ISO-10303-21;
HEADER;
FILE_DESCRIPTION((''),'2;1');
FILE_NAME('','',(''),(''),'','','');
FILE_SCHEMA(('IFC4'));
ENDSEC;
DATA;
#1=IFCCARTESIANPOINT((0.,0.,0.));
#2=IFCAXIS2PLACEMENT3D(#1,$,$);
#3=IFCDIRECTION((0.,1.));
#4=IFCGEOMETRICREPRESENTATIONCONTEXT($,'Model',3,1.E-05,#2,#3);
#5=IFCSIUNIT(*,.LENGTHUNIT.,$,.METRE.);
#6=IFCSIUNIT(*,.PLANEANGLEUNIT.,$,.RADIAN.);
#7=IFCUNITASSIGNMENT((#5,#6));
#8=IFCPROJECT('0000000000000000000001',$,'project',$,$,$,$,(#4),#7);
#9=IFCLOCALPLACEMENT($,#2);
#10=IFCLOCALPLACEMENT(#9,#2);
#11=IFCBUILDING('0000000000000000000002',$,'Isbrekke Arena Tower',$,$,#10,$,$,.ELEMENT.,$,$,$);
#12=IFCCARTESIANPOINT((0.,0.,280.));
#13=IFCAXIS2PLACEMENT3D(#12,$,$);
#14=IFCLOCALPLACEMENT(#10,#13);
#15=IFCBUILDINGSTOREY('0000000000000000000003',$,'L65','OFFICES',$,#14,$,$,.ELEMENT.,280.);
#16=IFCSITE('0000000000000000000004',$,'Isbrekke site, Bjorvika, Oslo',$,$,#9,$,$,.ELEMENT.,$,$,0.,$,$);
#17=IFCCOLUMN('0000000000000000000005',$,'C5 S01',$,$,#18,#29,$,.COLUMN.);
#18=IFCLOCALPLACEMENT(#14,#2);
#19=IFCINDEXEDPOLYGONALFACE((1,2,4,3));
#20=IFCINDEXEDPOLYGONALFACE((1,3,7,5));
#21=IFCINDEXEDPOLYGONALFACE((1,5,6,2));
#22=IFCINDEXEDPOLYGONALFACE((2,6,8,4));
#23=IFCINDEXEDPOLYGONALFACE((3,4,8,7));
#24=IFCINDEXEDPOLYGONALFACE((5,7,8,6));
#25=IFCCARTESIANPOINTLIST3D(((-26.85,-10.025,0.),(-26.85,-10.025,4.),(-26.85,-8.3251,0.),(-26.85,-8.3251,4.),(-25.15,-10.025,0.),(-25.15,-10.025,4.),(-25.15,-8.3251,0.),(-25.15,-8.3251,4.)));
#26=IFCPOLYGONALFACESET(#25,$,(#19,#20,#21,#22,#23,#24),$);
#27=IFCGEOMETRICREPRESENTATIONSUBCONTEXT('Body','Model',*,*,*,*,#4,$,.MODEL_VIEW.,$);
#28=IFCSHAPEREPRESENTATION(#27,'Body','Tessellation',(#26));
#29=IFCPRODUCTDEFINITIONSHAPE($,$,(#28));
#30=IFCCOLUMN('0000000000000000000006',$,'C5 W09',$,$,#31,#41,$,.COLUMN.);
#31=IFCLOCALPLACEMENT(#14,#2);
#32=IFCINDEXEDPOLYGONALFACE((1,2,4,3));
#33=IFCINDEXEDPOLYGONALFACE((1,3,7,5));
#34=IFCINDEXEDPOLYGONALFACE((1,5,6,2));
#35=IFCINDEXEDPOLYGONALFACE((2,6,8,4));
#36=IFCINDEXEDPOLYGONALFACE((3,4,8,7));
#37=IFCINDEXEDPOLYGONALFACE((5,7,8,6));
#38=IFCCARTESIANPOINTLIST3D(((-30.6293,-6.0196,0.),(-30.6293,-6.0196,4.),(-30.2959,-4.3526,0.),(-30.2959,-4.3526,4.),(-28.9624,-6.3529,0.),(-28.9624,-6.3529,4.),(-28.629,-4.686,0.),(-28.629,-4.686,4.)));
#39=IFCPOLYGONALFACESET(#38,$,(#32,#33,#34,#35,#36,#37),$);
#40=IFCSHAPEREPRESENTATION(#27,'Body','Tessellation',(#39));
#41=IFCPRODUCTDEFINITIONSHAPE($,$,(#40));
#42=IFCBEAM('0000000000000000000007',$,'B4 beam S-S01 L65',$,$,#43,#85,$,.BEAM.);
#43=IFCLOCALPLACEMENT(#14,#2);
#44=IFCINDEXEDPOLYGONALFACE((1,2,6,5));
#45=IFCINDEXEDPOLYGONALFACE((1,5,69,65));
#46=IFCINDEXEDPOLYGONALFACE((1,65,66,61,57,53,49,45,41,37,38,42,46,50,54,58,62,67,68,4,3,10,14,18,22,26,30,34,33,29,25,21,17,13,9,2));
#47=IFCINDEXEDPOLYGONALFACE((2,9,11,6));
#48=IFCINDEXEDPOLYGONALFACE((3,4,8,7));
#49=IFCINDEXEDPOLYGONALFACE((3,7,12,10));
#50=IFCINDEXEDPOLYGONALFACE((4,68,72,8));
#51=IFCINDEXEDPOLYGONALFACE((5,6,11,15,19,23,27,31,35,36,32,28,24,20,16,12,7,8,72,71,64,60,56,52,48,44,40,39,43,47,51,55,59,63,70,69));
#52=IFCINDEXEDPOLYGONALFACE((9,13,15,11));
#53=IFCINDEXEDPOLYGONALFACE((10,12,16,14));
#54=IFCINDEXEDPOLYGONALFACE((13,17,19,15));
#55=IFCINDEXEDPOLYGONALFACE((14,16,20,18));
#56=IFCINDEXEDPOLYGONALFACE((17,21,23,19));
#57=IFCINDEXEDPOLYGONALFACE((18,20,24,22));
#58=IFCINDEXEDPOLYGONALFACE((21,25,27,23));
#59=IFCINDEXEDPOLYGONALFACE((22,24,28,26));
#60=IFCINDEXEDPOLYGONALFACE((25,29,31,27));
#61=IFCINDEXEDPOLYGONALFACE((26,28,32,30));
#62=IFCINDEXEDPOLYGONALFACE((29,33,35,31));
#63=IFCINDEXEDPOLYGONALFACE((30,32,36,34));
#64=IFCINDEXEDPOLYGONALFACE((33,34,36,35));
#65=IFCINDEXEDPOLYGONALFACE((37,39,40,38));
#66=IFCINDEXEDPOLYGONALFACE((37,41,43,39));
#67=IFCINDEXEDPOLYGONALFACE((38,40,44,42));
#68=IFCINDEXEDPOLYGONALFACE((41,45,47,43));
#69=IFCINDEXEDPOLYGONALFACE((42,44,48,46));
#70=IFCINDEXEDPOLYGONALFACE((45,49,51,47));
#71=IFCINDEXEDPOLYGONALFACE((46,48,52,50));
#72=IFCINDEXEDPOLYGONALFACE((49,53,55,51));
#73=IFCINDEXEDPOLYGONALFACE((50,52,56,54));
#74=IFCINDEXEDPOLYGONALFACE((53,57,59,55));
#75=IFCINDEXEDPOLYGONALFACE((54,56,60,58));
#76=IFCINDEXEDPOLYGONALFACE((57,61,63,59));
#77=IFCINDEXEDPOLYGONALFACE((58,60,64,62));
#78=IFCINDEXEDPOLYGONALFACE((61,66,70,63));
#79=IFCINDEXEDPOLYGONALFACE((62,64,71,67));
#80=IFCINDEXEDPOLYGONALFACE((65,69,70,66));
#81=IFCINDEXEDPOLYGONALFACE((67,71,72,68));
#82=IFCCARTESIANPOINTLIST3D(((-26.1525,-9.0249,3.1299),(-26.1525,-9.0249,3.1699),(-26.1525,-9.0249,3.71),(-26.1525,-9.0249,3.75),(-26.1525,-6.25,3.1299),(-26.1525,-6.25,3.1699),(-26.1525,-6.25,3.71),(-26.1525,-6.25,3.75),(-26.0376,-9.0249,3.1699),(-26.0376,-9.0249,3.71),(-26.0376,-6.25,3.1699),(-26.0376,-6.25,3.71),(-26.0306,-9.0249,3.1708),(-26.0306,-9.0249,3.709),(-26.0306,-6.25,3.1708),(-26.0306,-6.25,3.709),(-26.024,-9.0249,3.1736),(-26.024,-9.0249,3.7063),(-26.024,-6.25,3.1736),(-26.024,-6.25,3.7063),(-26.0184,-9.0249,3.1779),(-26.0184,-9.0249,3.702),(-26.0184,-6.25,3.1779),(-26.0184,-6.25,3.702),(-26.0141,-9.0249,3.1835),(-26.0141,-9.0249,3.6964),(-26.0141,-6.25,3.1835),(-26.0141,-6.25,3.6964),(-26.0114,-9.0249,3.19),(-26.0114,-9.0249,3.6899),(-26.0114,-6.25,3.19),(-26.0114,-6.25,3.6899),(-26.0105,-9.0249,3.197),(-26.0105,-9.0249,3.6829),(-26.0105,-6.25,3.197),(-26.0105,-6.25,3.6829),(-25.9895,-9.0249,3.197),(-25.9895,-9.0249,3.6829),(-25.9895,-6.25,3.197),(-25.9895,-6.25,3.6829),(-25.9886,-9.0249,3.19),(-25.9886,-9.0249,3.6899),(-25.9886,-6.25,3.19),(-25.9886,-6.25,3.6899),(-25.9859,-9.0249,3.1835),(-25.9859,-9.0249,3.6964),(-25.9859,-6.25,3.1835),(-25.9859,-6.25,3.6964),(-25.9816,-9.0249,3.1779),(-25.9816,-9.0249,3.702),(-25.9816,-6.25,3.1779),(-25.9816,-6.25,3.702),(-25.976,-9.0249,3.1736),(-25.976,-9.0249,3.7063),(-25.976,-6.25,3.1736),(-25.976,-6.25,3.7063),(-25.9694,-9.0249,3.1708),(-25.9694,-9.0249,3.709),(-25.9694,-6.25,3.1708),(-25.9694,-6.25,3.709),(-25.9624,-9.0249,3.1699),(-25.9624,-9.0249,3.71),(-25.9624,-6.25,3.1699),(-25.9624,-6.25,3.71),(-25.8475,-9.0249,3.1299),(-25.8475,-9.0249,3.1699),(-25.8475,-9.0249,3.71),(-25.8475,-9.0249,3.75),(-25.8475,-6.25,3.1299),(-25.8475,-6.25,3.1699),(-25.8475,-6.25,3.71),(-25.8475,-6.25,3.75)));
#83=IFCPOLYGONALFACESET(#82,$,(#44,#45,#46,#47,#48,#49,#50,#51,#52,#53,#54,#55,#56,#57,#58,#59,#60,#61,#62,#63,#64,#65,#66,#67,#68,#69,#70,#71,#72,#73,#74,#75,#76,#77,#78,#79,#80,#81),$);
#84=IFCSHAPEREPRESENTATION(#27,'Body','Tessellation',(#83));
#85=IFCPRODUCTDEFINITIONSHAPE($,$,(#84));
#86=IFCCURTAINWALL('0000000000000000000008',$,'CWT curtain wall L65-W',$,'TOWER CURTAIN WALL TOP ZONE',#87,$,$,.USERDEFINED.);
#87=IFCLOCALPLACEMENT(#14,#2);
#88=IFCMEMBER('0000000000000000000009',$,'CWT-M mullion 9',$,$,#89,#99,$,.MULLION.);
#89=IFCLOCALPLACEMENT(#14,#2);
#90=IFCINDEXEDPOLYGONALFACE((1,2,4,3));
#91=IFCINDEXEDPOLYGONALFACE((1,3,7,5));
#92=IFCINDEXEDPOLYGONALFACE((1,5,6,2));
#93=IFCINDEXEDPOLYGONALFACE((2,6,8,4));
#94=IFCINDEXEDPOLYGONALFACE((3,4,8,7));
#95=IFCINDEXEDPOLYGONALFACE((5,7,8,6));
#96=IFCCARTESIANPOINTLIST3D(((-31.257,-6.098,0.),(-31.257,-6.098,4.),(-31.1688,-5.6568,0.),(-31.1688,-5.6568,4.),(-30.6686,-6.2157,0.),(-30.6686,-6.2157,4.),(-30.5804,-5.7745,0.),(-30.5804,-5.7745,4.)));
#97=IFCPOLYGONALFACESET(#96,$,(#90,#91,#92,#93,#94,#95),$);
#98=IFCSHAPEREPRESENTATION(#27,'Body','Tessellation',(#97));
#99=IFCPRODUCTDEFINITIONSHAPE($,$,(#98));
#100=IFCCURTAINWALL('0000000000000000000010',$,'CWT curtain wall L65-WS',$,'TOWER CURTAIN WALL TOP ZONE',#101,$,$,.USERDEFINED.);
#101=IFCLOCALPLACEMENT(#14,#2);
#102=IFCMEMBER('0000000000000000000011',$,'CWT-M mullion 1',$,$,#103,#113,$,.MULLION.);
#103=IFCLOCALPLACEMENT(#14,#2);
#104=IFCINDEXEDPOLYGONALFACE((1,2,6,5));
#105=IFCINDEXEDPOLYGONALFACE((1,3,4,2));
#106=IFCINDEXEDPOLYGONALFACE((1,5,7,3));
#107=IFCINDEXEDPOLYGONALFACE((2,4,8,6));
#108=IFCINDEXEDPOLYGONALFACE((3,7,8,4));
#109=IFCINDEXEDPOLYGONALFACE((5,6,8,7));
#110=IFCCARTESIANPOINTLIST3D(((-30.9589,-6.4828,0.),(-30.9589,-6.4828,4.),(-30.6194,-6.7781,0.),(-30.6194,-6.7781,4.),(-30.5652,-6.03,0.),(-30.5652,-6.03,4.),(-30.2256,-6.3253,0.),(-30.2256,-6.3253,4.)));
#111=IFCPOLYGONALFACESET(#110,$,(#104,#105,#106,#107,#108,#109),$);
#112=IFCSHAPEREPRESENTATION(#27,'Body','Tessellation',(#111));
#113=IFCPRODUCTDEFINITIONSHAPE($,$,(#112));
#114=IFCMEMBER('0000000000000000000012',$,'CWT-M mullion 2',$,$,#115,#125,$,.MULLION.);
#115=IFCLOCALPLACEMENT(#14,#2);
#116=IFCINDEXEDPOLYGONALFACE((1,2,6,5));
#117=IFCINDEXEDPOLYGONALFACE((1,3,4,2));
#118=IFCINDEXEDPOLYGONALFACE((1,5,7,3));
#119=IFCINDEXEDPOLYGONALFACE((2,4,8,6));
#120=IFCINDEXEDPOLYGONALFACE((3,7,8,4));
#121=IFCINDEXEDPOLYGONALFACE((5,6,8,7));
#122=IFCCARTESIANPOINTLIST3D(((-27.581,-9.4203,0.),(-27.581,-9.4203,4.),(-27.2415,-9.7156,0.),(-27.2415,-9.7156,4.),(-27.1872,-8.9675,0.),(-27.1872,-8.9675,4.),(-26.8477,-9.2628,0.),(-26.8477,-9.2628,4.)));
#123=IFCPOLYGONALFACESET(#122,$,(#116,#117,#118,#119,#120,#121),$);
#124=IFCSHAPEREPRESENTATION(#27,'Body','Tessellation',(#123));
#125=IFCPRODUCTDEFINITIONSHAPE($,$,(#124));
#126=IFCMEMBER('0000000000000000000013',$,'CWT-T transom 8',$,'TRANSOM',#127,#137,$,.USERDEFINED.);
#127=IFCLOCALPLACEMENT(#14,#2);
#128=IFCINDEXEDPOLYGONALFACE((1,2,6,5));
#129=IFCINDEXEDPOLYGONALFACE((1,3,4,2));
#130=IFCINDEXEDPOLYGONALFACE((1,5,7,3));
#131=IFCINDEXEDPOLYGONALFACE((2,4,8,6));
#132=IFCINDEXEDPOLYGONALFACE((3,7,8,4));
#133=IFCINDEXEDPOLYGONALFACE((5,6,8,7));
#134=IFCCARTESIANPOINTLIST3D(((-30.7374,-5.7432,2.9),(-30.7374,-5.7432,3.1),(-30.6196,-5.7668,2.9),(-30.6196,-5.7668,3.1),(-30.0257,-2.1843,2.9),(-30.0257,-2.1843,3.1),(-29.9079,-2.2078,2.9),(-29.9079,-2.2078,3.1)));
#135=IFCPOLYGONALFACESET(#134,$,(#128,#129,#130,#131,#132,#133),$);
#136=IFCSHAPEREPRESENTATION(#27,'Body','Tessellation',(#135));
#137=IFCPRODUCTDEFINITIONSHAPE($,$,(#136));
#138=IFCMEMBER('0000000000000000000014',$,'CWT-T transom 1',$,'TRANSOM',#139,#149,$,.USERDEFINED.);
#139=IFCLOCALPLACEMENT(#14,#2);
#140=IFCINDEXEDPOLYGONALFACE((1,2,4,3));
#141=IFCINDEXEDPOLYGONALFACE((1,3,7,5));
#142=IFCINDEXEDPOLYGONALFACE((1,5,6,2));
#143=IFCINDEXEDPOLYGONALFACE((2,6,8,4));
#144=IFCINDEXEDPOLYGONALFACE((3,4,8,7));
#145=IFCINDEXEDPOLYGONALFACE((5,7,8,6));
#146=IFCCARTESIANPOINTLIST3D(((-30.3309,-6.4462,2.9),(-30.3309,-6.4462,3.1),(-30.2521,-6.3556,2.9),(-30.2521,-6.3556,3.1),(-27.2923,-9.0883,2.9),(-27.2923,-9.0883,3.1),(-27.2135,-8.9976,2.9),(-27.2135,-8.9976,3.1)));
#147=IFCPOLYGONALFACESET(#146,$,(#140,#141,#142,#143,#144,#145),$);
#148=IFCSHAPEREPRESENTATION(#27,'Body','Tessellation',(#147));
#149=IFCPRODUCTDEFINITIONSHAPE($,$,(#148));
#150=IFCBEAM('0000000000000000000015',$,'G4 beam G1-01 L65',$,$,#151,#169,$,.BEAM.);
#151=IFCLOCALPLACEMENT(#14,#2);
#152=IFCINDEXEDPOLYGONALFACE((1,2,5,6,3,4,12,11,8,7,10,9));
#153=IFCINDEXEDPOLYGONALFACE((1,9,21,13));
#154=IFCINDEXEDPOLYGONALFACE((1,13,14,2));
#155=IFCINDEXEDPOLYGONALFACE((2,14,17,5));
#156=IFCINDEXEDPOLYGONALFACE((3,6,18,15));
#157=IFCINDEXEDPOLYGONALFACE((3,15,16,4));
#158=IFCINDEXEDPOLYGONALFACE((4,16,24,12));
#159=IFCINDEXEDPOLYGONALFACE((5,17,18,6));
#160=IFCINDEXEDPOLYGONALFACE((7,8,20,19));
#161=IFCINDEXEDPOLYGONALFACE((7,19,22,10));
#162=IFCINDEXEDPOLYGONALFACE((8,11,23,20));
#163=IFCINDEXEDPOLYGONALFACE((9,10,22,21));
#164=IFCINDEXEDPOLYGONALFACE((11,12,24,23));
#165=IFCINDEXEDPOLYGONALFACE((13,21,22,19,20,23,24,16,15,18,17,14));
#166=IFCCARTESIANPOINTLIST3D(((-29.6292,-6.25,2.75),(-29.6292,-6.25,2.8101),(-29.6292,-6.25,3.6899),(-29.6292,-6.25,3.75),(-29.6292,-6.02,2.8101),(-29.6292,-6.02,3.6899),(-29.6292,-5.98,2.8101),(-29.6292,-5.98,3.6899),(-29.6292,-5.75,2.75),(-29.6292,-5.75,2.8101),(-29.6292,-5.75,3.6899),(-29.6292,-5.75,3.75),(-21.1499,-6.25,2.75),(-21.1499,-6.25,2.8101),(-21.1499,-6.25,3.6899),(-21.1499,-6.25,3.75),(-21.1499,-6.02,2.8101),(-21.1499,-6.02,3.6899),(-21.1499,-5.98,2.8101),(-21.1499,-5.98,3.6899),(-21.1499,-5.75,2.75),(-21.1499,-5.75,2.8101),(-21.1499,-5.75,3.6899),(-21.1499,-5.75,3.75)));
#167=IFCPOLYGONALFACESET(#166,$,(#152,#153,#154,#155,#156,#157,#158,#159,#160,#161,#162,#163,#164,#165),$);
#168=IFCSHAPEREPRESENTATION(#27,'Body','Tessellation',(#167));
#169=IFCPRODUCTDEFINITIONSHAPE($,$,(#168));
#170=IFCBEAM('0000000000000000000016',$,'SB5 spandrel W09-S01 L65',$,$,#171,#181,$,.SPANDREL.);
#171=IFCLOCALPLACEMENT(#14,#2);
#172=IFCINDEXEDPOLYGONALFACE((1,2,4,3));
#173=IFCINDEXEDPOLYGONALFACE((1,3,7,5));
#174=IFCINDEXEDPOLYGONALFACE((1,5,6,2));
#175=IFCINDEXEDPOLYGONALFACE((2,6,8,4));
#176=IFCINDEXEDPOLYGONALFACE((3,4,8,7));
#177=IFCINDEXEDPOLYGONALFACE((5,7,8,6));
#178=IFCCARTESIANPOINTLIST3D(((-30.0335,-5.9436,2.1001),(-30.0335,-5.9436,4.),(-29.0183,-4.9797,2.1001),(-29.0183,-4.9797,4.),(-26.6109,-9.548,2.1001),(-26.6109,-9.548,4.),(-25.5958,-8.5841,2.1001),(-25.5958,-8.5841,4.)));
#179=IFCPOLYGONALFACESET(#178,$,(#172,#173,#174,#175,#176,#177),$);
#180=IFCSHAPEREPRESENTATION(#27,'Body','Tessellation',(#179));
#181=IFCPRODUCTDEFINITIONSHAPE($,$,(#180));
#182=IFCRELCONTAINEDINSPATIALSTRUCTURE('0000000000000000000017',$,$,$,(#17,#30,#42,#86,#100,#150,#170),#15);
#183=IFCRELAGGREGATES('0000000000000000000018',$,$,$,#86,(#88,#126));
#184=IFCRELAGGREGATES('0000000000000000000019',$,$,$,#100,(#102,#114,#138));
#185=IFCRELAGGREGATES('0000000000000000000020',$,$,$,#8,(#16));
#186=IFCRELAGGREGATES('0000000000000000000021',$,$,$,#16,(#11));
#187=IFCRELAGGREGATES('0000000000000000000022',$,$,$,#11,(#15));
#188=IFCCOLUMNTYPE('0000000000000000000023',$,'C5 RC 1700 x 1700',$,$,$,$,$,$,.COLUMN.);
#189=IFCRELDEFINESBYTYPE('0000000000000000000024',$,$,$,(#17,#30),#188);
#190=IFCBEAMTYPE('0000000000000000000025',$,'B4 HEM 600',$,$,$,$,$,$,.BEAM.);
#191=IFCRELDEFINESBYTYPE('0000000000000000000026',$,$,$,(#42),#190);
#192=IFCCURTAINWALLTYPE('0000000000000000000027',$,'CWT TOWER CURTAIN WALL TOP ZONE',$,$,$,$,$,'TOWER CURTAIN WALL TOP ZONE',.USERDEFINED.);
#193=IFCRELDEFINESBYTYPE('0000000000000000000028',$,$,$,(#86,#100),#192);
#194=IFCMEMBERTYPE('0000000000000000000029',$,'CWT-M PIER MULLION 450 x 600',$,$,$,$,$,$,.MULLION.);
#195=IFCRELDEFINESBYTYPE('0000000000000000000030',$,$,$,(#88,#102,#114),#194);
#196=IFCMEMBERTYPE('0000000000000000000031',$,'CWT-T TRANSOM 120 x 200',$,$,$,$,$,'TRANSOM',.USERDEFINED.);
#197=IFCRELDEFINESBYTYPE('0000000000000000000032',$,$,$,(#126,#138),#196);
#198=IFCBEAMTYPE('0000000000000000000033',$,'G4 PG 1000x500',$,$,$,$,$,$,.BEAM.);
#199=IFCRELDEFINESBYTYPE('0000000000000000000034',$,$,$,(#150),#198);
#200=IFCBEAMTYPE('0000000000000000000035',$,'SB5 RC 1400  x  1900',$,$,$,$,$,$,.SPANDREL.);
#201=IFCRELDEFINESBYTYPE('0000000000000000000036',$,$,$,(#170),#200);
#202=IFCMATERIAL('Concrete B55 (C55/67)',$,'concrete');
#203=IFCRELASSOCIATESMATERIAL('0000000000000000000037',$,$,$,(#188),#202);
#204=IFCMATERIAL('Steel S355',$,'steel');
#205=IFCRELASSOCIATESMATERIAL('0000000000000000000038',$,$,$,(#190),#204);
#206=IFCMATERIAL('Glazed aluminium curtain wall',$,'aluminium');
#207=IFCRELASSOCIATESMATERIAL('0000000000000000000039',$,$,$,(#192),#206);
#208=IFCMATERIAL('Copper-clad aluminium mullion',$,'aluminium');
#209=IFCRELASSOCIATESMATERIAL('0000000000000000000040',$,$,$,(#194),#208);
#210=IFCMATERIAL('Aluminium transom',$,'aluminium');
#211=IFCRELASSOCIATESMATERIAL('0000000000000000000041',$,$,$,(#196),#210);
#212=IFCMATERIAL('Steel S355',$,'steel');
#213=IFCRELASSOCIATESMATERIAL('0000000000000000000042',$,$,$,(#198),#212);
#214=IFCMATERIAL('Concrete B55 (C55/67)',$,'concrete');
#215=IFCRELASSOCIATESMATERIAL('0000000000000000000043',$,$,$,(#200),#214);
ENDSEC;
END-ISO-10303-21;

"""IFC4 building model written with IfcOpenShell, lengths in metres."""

from ifc_helpers import new_model, si_unit, direction, frame, origin, origin_2d, place, context, subcontext, project, spatial, rectangle, i_section, extrude, material, material_profile, profile_set, type_object, element, aggregate, save


model = new_model("IFC4")

# Units and contexts
model_context = context("Model", 3, precision=1e-05, world=origin(), true_north=direction((0.0, 1.0)))
body_context = subcontext(model_context, "Body", "Model", "MODEL_VIEW")
ifc_project = project(units=[si_unit("LENGTHUNIT", "METRE"), si_unit("PLANEANGLEUNIT", "RADIAN")], contexts=[model_context])

# Site, building, storey
site_placement = place(None, origin())
site = spatial("IfcSite", under=ifc_project, at=site_placement, Name="Isbrekke site, Bjorvika, Oslo", CompositionType="ELEMENT", RefElevation=0.0)
building_placement = place(site_placement, origin())
building = spatial("IfcBuilding", under=site, at=building_placement, Name="Isbrekke Arena Tower", CompositionType="ELEMENT")
storey_placement = place(building_placement, frame((0.0, 0.0, 280.0)))
storey = spatial("IfcBuildingStorey", under=building, at=storey_placement, Name="L65", Description="OFFICES", CompositionType="ELEMENT", Elevation=280.0)

# Columns
ifc_material_1 = material(Name="Concrete B55 (C55/67)", Category="concrete")
ifc_material_profile_1 = material_profile(ifc_material_1, rectangle(XDim=1.7, YDim=1.7, at=origin_2d()), Name="RC 1700x1700")
ifc_profile_set_1 = profile_set([ifc_material_profile_1], Name="Concrete B55 (C55/67)")
column_type = type_object("IfcColumnType", Name="C5 RC 1700 x 1700", PredefinedType="COLUMN", material=ifc_profile_set_1)
for number, where, z_axis, x_axis, name in (
    (1, (-26.0, -9.175, 0.0), (0.0, 0.0, 1.0), (1.0, 0.0, 0.0), "C5 S01"),
    (2, (-29.6292, -5.3528, 0.0), (0.0, 0.0, 1.0), (-0.196116, -0.980581, 0.0), "C5 W09"),
):
    element("IfcColumn", number, at=place(storey_placement, frame(where, z_axis=z_axis, x_axis=x_axis)), inside=storey, type_object=column_type, Name=name, PredefinedType="COLUMN", context=body_context, shape_type="SweptSolid", body=[
        extrude(rectangle(XDim=1.7, YDim=1.7, at=origin_2d()), origin(), (0.0, 0.0, 1.0), 4.0),
    ])

# Beam
ifc_material_2 = material(Name="Steel S355", Category="steel")
ifc_material_profile_2 = material_profile(ifc_material_2, i_section(OverallWidth=0.3049, OverallDepth=0.6201, WebThickness=0.021, FlangeThickness=0.04, FilletRadius=0.0271, at=origin_2d()), Name="HEM 600")
ifc_profile_set_2 = profile_set([ifc_material_profile_2], Name="Steel S355")
beam_type_1 = type_object("IfcBeamType", Name="B4 HEM 600", PredefinedType="BEAM", material=ifc_profile_set_2)
beam_1_placement = place(storey_placement, frame((-26.0, -9.0249, 3.4399), z_axis=(0.0, 1.0, 0.0), x_axis=(-1.0, 0.0, 0.0)))
element("IfcBeam", 3, at=beam_1_placement, inside=storey, type_object=beam_type_1, Name="B4 beam S-S01 L65", PredefinedType="BEAM", context=body_context, shape_type="SweptSolid", body=[
    extrude(i_section(OverallWidth=0.3049, OverallDepth=0.6201, WebThickness=0.021, FlangeThickness=0.04, FilletRadius=0.0271, at=origin_2d()), origin(), (0.0, 0.0, 1.0), 2.7749),
])

# Curtain wall, member
ifc_material_3 = material(Name="Glazed aluminium curtain wall", Category="aluminium")
curtain_wall_type = type_object("IfcCurtainWallType", Name="CWT TOWER CURTAIN WALL TOP ZONE", ElementType="TOWER CURTAIN WALL TOP ZONE", PredefinedType="USERDEFINED", material=ifc_material_3)
curtain_wall_1_placement = place(storey_placement, origin())
curtain_wall_1 = element("IfcCurtainWall", 4, at=curtain_wall_1_placement, inside=storey, type_object=curtain_wall_type, Name="CWT curtain wall L65-W", ObjectType="TOWER CURTAIN WALL TOP ZONE", PredefinedType="USERDEFINED")
ifc_material_4 = material(Name="Copper-clad aluminium mullion", Category="aluminium")
ifc_material_profile_3 = material_profile(ifc_material_4, rectangle(XDim=0.45, YDim=0.6001, at=origin_2d()), Name="PIER 450X600")
ifc_profile_set_3 = profile_set([ifc_material_profile_3], Name="Copper-clad aluminium mullion")
member_type_1 = type_object("IfcMemberType", Name="CWT-M PIER MULLION 450 x 600", PredefinedType="MULLION", material=ifc_profile_set_3)
member_1_placement = place(storey_placement, frame((-30.9187, -5.9363, 0.0), z_axis=(0.0, 0.0, 1.0), x_axis=(-0.196116, -0.980581, 0.0)))
member_1 = element("IfcMember", 5, at=member_1_placement, type_object=member_type_1, Name="CWT-M mullion 9", PredefinedType="MULLION", context=body_context, shape_type="SweptSolid", body=[
    extrude(rectangle(XDim=0.45, YDim=0.6001, at=origin_2d()), origin(), (0.0, 0.0, 1.0), 4.0),
])

# Curtain wall, members
curtain_wall_2_placement = place(storey_placement, origin())
curtain_wall_2 = element("IfcCurtainWall", 6, at=curtain_wall_2_placement, inside=storey, type_object=curtain_wall_type, Name="CWT curtain wall L65-WS", ObjectType="TOWER CURTAIN WALL TOP ZONE", PredefinedType="USERDEFINED")
member_2_placement = place(storey_placement, frame((-30.5923, -6.4041, 0.0), z_axis=(0.0, 0.0, 1.0), x_axis=(0.754606, -0.656179, 0.0)))
member_2 = element("IfcMember", 7, at=member_2_placement, type_object=member_type_1, Name="CWT-M mullion 1", PredefinedType="MULLION", context=body_context, shape_type="SweptSolid", body=[
    extrude(rectangle(XDim=0.45, YDim=0.6001, at=origin_2d()), origin(), (0.0, 0.0, 1.0), 4.0),
])
member_3_placement = place(storey_placement, frame((-27.2144, -9.3416, 0.0), z_axis=(0.0, 0.0, 1.0), x_axis=(0.754606, -0.656179, 0.0)))
member_3 = element("IfcMember", 8, at=member_3_placement, type_object=member_type_1, Name="CWT-M mullion 2", PredefinedType="MULLION", context=body_context, shape_type="SweptSolid", body=[
    extrude(rectangle(XDim=0.45, YDim=0.6001, at=origin_2d()), origin(), (0.0, 0.0, 1.0), 4.0),
])

# Members
ifc_material_5 = material(Name="Aluminium transom", Category="aluminium")
ifc_material_profile_4 = material_profile(ifc_material_5, rectangle(XDim=0.1201, YDim=0.2, at=origin_2d()), Name="TRANSOM 120X200")
ifc_profile_set_4 = profile_set([ifc_material_profile_4], Name="Aluminium transom")
member_type_2 = type_object("IfcMemberType", Name="CWT-T TRANSOM 120 x 200", ElementType="TRANSOM", PredefinedType="USERDEFINED", material=ifc_profile_set_4)
member_4_placement = place(storey_placement, frame((-29.9668, -2.196, 3.0), z_axis=(-0.19609, -0.980586, 0.0), x_axis=(0.980586, -0.19609, 0.0)))
member_4 = element("IfcMember", 9, at=member_4_placement, type_object=member_type_2, Name="CWT-T transom 8", ObjectType="TRANSOM", PredefinedType="USERDEFINED", context=body_context, shape_type="SweptSolid", body=[
    extrude(rectangle(XDim=0.1201, YDim=0.2, at=origin_2d()), origin(), (0.0, 0.0, 1.0), 3.6294),
])
member_5_placement = place(storey_placement, frame((-30.2915, -6.4009, 3.0), z_axis=(0.754624, -0.656158, 0.0), x_axis=(0.656158, 0.754624, 0.0)))
member_5 = element("IfcMember", 10, at=member_5_placement, type_object=member_type_2, Name="CWT-T transom 1", ObjectType="TRANSOM", PredefinedType="USERDEFINED", context=body_context, shape_type="SweptSolid", body=[
    extrude(rectangle(XDim=0.1201, YDim=0.2, at=origin_2d()), origin(), (0.0, 0.0, 1.0), 4.0266),
])

# Beams
ifc_material_6 = material(Name="Steel S355", Category="steel")
ifc_material_profile_5 = material_profile(ifc_material_6, i_section(OverallWidth=0.5, OverallDepth=1.0, WebThickness=0.04, FlangeThickness=0.0601, at=origin_2d()), Name="PG 1000x500")
ifc_profile_set_5 = profile_set([ifc_material_profile_5], Name="Steel S355")
beam_type_2 = type_object("IfcBeamType", Name="G4 PG 1000x500", PredefinedType="BEAM", material=ifc_profile_set_5)
beam_2_placement = place(storey_placement, frame((-29.6292, -6.0, 3.25), z_axis=(1.0, 0.0, 0.0), x_axis=(0.0, 1.0, 0.0)))
element("IfcBeam", 11, at=beam_2_placement, inside=storey, type_object=beam_type_2, Name="G4 beam G1-01 L65", PredefinedType="BEAM", context=body_context, shape_type="SweptSolid", body=[
    extrude(i_section(OverallWidth=0.5, OverallDepth=1.0, WebThickness=0.04, FlangeThickness=0.0601, at=origin_2d()), origin(), (0.0, 0.0, 1.0), 8.4792),
])
ifc_material_7 = material(Name="Concrete B55 (C55/67)", Category="concrete")
ifc_material_profile_6 = material_profile(ifc_material_7, rectangle(XDim=1.3999, YDim=1.8999, at=origin_2d()), Name="RC 1400 x 1900")
ifc_profile_set_6 = profile_set([ifc_material_profile_6], Name="Concrete B55 (C55/67)")
beam_type_3 = type_object("IfcBeamType", Name="SB5 RC 1400  x  1900", PredefinedType="SPANDREL", material=ifc_profile_set_6)
beam_3_placement = place(storey_placement, frame((-29.5259, -5.4617, 3.05), z_axis=(0.688574, -0.725166, 0.0), x_axis=(0.725166, 0.688574, 0.0)))
element("IfcBeam", 12, at=beam_3_placement, inside=storey, type_object=beam_type_3, Name="SB5 spandrel W09-S01 L65", PredefinedType="SPANDREL", context=body_context, shape_type="SweptSolid", body=[
    extrude(rectangle(XDim=1.3999, YDim=1.8999, at=origin_2d()), origin(), (0.0, 0.0, 1.0), 4.9705),
])

aggregate(curtain_wall_1, [member_1, member_4])
aggregate(curtain_wall_2, [member_2, member_3, member_5])

save(model, "model.ifc")
